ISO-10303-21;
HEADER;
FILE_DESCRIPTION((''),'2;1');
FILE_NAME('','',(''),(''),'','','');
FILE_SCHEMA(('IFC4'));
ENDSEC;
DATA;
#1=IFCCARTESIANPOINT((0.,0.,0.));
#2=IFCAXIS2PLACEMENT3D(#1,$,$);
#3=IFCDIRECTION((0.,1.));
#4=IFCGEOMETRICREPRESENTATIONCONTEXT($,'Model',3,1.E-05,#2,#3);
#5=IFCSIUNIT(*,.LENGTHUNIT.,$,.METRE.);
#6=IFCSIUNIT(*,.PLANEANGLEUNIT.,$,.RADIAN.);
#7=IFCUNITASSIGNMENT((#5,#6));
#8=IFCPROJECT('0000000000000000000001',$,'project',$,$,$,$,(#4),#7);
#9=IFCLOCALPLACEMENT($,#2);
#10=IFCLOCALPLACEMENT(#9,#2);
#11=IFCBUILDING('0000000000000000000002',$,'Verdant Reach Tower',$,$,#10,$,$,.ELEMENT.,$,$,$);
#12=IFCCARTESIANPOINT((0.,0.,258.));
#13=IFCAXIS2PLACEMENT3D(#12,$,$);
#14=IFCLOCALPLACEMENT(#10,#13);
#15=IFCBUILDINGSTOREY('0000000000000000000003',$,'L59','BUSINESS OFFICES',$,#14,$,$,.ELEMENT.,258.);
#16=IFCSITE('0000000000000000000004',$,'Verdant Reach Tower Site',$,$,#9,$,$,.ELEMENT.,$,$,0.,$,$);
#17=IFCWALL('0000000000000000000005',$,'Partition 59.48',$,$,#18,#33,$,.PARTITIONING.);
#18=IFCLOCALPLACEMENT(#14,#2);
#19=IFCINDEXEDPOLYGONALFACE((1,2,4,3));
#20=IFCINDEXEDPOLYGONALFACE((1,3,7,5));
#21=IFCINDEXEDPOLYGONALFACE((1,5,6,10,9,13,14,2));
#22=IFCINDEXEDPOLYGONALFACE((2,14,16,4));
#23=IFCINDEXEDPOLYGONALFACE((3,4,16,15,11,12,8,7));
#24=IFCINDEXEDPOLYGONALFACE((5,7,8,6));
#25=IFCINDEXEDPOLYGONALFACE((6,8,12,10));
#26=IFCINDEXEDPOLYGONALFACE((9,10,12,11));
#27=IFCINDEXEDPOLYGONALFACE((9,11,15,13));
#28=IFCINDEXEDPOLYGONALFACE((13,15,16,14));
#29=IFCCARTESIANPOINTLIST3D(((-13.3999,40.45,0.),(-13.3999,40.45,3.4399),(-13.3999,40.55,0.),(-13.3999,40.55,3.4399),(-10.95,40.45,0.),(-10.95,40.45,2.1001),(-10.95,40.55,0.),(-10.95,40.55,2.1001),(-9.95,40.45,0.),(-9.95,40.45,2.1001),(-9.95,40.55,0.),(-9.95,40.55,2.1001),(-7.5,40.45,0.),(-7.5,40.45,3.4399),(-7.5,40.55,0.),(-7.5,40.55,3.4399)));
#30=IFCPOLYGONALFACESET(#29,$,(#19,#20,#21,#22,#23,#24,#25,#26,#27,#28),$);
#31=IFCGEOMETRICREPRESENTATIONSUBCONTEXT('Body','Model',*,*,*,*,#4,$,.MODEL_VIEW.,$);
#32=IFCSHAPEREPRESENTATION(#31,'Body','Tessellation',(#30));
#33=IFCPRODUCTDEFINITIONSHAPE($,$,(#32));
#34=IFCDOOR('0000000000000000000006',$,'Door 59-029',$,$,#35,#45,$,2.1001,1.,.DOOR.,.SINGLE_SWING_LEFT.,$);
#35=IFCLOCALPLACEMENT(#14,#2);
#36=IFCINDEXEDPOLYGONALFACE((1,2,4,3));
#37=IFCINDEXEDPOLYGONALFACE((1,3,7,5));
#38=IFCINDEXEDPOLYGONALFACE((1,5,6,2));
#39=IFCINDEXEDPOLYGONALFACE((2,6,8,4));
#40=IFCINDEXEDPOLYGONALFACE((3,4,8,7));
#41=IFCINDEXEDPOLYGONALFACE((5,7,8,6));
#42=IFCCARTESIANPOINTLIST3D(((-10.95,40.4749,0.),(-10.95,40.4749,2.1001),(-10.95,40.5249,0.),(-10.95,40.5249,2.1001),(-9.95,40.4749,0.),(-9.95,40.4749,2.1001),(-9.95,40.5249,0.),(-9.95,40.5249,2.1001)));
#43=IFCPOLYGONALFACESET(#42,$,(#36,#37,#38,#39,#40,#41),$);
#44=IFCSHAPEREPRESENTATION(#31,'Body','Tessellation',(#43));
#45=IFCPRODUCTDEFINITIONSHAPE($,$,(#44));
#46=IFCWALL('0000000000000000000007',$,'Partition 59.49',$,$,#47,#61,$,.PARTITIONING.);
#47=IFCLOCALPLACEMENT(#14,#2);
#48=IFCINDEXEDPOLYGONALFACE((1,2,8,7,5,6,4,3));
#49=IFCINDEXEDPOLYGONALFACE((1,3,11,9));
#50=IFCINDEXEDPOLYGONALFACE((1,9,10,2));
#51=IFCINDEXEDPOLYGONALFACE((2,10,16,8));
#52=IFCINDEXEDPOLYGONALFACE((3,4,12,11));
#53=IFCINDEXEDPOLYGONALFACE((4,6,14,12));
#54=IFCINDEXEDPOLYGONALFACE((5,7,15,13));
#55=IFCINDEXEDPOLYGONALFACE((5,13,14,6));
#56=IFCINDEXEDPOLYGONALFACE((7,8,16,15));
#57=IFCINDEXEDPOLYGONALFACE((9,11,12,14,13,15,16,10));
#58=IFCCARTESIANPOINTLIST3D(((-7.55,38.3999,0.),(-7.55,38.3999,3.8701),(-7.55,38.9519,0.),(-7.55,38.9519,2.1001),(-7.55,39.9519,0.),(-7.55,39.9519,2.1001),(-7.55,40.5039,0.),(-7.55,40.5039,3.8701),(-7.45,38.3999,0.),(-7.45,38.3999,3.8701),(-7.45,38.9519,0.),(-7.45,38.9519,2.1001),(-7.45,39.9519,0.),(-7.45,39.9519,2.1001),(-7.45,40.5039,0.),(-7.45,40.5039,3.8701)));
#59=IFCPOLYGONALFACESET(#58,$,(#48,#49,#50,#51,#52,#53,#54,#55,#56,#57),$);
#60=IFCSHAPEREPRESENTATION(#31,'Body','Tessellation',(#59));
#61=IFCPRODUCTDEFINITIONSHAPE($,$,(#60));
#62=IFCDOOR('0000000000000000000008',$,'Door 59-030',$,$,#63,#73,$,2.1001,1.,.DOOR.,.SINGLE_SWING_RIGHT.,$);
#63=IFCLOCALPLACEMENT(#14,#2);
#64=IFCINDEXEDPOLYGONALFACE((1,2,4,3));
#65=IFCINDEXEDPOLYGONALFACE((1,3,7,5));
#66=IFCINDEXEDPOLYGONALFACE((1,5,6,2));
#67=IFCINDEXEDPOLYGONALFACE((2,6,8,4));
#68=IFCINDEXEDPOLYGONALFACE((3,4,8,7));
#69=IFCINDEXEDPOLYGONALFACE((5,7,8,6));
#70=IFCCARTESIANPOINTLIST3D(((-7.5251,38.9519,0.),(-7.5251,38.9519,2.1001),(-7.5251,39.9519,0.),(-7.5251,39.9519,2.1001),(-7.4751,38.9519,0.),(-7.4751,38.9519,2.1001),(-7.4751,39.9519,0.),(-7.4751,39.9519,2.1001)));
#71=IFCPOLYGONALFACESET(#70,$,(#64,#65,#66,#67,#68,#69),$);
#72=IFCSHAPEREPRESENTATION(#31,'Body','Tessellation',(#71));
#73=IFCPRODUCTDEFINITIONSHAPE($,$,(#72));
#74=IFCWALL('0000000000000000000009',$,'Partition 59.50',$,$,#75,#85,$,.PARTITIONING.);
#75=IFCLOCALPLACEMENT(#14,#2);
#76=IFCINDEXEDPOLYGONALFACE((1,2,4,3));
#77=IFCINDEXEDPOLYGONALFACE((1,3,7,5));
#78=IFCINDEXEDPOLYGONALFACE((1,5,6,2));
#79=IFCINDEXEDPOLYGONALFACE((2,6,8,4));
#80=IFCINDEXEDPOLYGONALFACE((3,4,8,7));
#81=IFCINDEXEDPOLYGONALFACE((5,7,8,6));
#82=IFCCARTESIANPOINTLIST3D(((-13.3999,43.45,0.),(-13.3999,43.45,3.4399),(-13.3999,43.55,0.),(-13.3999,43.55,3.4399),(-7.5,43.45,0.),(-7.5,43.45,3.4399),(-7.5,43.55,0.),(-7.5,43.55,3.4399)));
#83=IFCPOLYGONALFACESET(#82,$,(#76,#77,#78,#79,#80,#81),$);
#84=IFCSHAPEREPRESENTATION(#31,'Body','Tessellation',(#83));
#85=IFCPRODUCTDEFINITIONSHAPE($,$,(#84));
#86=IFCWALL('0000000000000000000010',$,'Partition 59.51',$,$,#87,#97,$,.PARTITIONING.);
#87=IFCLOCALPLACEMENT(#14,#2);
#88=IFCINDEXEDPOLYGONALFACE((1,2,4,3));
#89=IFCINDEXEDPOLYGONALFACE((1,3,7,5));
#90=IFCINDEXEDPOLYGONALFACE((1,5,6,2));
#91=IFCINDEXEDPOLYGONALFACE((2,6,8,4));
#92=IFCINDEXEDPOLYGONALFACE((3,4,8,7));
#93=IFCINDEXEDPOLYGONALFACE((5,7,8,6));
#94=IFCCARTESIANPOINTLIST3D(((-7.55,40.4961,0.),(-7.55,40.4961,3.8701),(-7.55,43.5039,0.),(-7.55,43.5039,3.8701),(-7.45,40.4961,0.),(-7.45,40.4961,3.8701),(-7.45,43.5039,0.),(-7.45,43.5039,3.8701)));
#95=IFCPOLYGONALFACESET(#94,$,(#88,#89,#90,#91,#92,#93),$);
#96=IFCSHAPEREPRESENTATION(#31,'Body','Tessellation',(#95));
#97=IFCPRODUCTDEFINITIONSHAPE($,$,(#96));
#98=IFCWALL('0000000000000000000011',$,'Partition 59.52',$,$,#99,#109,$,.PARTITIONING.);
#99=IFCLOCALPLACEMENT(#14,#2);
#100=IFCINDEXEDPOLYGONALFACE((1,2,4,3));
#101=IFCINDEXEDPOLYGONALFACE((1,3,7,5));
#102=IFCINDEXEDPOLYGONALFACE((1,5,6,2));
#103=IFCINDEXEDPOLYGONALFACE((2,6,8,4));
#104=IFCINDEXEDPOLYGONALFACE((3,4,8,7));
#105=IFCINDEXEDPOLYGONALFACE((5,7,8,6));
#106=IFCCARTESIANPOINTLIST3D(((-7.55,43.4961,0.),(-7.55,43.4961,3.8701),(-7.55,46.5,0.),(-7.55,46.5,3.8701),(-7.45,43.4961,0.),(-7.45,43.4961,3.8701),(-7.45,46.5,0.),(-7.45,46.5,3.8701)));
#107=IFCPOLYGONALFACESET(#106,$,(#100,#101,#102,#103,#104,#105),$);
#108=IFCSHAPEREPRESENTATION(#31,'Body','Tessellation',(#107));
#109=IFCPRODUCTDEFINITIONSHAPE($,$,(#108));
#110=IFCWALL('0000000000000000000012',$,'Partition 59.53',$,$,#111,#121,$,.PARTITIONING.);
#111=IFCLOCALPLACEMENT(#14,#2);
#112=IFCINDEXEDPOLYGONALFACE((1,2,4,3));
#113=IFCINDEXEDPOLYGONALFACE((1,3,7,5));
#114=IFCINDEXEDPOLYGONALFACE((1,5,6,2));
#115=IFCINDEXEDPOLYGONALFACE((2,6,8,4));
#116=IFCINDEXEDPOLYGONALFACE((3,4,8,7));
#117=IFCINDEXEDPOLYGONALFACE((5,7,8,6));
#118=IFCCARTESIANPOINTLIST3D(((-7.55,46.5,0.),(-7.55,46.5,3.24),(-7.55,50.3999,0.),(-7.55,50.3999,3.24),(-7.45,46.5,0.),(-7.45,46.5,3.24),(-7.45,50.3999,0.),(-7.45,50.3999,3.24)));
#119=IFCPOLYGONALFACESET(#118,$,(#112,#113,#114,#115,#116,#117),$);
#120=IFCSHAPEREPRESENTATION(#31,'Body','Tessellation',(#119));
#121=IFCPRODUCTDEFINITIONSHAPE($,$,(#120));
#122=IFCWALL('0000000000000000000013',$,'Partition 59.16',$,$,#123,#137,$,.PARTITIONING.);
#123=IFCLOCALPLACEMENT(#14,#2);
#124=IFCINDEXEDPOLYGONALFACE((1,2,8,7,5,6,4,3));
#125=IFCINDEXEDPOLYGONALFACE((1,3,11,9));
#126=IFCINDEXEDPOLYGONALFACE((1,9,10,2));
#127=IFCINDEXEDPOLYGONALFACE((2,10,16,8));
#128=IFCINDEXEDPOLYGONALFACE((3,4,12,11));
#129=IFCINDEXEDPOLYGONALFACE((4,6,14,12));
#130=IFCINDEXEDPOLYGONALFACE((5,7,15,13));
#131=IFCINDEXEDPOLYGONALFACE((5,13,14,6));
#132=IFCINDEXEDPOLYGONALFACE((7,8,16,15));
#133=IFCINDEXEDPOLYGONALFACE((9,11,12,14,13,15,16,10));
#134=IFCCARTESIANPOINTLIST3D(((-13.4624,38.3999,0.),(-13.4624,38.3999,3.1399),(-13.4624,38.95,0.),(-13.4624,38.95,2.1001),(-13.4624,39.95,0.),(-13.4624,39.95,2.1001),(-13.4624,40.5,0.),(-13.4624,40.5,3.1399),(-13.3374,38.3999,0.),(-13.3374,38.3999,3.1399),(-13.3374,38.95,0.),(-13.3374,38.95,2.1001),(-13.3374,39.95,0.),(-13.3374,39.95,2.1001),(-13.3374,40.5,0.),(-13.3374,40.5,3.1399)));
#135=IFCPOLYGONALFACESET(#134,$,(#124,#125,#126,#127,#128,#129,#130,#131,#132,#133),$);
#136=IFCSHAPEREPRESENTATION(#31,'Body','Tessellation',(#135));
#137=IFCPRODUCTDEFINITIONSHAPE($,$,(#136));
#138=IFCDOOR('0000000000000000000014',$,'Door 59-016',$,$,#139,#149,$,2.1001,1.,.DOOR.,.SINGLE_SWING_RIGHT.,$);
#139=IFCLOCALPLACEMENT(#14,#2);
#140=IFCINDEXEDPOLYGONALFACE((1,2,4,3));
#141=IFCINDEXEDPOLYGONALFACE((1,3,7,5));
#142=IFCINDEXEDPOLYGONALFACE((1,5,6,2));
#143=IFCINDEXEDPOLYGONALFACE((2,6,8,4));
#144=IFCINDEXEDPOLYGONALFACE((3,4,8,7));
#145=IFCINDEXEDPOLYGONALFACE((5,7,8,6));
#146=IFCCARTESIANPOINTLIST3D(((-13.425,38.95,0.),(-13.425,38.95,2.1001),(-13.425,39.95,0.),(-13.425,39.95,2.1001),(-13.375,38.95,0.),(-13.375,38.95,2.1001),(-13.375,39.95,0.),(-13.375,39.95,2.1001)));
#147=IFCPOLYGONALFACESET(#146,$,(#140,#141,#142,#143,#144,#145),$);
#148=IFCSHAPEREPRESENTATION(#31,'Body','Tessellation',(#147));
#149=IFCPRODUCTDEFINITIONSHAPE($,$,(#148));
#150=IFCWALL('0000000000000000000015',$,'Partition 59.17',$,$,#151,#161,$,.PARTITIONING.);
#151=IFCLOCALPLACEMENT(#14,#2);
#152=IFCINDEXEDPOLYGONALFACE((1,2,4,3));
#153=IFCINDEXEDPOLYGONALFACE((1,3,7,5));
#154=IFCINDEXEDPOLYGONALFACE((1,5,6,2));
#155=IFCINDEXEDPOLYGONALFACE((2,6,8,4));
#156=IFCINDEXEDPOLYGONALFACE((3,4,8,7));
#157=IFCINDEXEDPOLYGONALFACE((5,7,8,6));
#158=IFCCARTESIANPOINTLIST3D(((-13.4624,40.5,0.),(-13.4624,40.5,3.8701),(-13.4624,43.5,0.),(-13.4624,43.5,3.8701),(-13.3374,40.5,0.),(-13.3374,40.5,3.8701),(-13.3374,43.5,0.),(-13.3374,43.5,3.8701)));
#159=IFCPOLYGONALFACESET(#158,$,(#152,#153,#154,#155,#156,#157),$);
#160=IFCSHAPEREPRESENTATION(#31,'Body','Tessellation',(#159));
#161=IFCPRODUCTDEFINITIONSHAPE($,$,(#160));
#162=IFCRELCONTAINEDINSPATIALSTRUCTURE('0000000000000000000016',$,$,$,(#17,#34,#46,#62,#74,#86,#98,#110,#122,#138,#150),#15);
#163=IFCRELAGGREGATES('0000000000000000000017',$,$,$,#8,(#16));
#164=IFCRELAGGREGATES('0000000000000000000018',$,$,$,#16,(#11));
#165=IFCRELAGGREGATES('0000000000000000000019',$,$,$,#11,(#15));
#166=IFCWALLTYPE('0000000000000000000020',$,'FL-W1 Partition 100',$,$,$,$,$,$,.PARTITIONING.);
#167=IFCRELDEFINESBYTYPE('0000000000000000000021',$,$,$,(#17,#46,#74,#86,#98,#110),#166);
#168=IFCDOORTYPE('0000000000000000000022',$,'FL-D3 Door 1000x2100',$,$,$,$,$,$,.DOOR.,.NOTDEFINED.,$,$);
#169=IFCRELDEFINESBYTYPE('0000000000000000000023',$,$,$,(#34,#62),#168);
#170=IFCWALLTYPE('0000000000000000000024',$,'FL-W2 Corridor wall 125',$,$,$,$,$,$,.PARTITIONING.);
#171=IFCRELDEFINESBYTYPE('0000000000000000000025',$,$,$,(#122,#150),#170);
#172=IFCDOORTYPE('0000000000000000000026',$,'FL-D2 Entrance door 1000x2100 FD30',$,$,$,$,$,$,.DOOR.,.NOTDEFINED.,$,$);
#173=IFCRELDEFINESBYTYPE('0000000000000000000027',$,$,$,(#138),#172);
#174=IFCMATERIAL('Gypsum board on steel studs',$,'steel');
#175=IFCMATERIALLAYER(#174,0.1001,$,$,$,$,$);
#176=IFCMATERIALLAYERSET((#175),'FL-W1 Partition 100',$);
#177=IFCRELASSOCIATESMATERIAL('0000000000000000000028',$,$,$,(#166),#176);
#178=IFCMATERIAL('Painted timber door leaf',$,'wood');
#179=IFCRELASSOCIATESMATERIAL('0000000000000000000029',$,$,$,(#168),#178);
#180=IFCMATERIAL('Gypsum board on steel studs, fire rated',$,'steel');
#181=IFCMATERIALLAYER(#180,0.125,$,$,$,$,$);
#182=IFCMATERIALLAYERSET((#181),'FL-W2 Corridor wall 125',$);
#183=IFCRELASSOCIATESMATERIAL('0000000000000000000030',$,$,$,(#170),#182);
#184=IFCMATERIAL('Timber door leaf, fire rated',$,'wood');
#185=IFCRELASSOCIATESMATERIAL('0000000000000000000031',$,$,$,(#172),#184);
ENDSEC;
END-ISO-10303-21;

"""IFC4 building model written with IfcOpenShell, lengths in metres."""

from ifc_helpers import new_model, si_unit, direction, frame, frame_2d, origin, place, context, subcontext, project, spatial, rectangle, extrude, material, layer, layer_set, type_object, element, fill, save


model = new_model("IFC4")

# Units and contexts
model_context = context("Model", 3, precision=1e-05, world=origin(), true_north=direction((0.0, 1.0)))
body_context = subcontext(model_context, "Body", "Model", "MODEL_VIEW")
ifc_project = project(units=[si_unit("LENGTHUNIT", "METRE"), si_unit("PLANEANGLEUNIT", "RADIAN")], contexts=[model_context])

# Site, building, storey
site_placement = place(None, origin())
site = spatial("IfcSite", under=ifc_project, at=site_placement, Name="Verdant Reach Tower Site", CompositionType="ELEMENT", RefElevation=0.0)
building_placement = place(site_placement, origin())
building = spatial("IfcBuilding", under=site, at=building_placement, Name="Verdant Reach Tower", CompositionType="ELEMENT")
storey_placement = place(building_placement, frame((0.0, 0.0, 258.0)))
storey = spatial("IfcBuildingStorey", under=building, at=storey_placement, Name="L59", Description="BUSINESS OFFICES", CompositionType="ELEMENT", Elevation=258.0)

# Walls, openings, doors
ifc_material_1 = material(Name="Gypsum board on steel studs", Category="steel")
ifc_layer_1 = layer(ifc_material_1, 0.1001)
ifc_layer_set_1 = layer_set([ifc_layer_1], Name="FL-W1 Partition 100")
wall_type_1 = type_object("IfcWallType", Name="FL-W1 Partition 100", PredefinedType="PARTITIONING", material=ifc_layer_set_1)
wall_1_placement = place(storey_placement, frame((-13.3999, 40.5, 0.0), z_axis=(0.0, 0.0, 1.0), x_axis=(1.0, 0.0, 0.0)))
wall_1 = element("IfcWall", 1, at=wall_1_placement, inside=storey, type_object=wall_type_1, Name="Partition 59.48", PredefinedType="PARTITIONING", context=body_context, shape_type="SweptSolid", body=[
    extrude(rectangle(XDim=5.8999, YDim=0.1001, at=frame_2d((2.95, 0.0))), origin(), (0.0, 0.0, 1.0), 3.4399),
])
opening_1_placement = place(wall_1_placement, frame((2.45, 0.0, 0.0)))
opening_1 = element("IfcOpeningElement", 2, at=opening_1_placement, cuts=wall_1, PredefinedType="OPENING", context=body_context, shape_type="SweptSolid", body=[
    extrude(rectangle(XDim=1.0, YDim=2.1001, at=frame_2d((0.5, 1.05))), frame((0.0, 0.0601, 0.0), z_axis=(0.0, -1.0, 0.0), x_axis=(1.0, 0.0, 0.0)), (0.0, 0.0, 1.0), 0.1201),
])
ifc_material_2 = material(Name="Painted timber door leaf", Category="wood")
door_type_1 = type_object("IfcDoorType", Name="FL-D3 Door 1000x2100", OperationType="NOTDEFINED", PredefinedType="DOOR", material=ifc_material_2)
door_1_placement = place(opening_1_placement, origin())
door_1 = element("IfcDoor", 3, at=door_1_placement, inside=storey, type_object=door_type_1, Name="Door 59-029", OperationType="SINGLE_SWING_LEFT", OverallHeight=2.1001, OverallWidth=1.0, PredefinedType="DOOR", context=body_context, shape_type="SweptSolid", body=[
    extrude(rectangle(XDim=1.0, YDim=2.1001, at=frame_2d((0.5, 1.05))), frame((0.0, 0.0249, 0.0), z_axis=(0.0, -1.0, 0.0), x_axis=(1.0, 0.0, 0.0)), (0.0, 0.0, 1.0), 0.05),
])
fill(opening_1, door_1)
wall_2_placement = place(storey_placement, frame((-7.5, 40.5039, 0.0), z_axis=(0.0, 0.0, 1.0), x_axis=(0.0, -1.0, 0.0)))
wall_2 = element("IfcWall", 4, at=wall_2_placement, inside=storey, type_object=wall_type_1, Name="Partition 59.49", PredefinedType="PARTITIONING", context=body_context, shape_type="SweptSolid", body=[
    extrude(rectangle(XDim=2.104, YDim=0.1001, at=frame_2d((1.052, 0.0))), origin(), (0.0, 0.0, 1.0), 3.8701),
])
opening_2_placement = place(wall_2_placement, frame((0.552, 0.0, 0.0)))
opening_2 = element("IfcOpeningElement", 5, at=opening_2_placement, cuts=wall_2, PredefinedType="OPENING", context=body_context, shape_type="SweptSolid", body=[
    extrude(rectangle(XDim=1.0, YDim=2.1001, at=frame_2d((0.5, 1.05))), frame((0.0, 0.0601, 0.0), z_axis=(0.0, -1.0, 0.0), x_axis=(1.0, 0.0, 0.0)), (0.0, 0.0, 1.0), 0.1201),
])
door_2_placement = place(opening_2_placement, origin())
door_2 = element("IfcDoor", 6, at=door_2_placement, inside=storey, type_object=door_type_1, Name="Door 59-030", OperationType="SINGLE_SWING_RIGHT", OverallHeight=2.1001, OverallWidth=1.0, PredefinedType="DOOR", context=body_context, shape_type="SweptSolid", body=[
    extrude(rectangle(XDim=1.0, YDim=2.1001, at=frame_2d((0.5, 1.05))), frame((0.0, 0.0249, 0.0), z_axis=(0.0, -1.0, 0.0), x_axis=(1.0, 0.0, 0.0)), (0.0, 0.0, 1.0), 0.05),
])
fill(opening_2, door_2)

# Walls
wall_3_placement = place(storey_placement, frame((-7.5, 43.5, 0.0), z_axis=(0.0, 0.0, 1.0), x_axis=(-1.0, 0.0, 0.0)))
element("IfcWall", 7, at=wall_3_placement, inside=storey, type_object=wall_type_1, Name="Partition 59.50", PredefinedType="PARTITIONING", context=body_context, shape_type="SweptSolid", body=[
    extrude(rectangle(XDim=5.8999, YDim=0.1001, at=frame_2d((2.95, 0.0))), origin(), (0.0, 0.0, 1.0), 3.4399),
])
wall_4_placement = place(storey_placement, frame((-7.5, 40.4961, 0.0), z_axis=(0.0, 0.0, 1.0), x_axis=(0.0, 1.0, 0.0)))
element("IfcWall", 8, at=wall_4_placement, inside=storey, type_object=wall_type_1, Name="Partition 59.51", PredefinedType="PARTITIONING", context=body_context, shape_type="SweptSolid", body=[
    extrude(rectangle(XDim=3.0078, YDim=0.1001, at=frame_2d((1.5039, 0.0))), origin(), (0.0, 0.0, 1.0), 3.8701),
])
wall_5_placement = place(storey_placement, frame((-7.5, 43.4961, 0.0), z_axis=(0.0, 0.0, 1.0), x_axis=(0.0, 1.0, 0.0)))
element("IfcWall", 9, at=wall_5_placement, inside=storey, type_object=wall_type_1, Name="Partition 59.52", PredefinedType="PARTITIONING", context=body_context, shape_type="SweptSolid", body=[
    extrude(rectangle(XDim=3.0039, YDim=0.1001, at=frame_2d((1.502, 0.0))), origin(), (0.0, 0.0, 1.0), 3.8701),
])
wall_6_placement = place(storey_placement, frame((-7.5, 46.5, 0.0), z_axis=(0.0, 0.0, 1.0), x_axis=(0.0, 1.0, 0.0)))
element("IfcWall", 10, at=wall_6_placement, inside=storey, type_object=wall_type_1, Name="Partition 59.53", PredefinedType="PARTITIONING", context=body_context, shape_type="SweptSolid", body=[
    extrude(rectangle(XDim=3.8999, YDim=0.1001, at=frame_2d((1.95, 0.0))), origin(), (0.0, 0.0, 1.0), 3.24),
])

# Wall, opening, door
ifc_material_3 = material(Name="Gypsum board on steel studs, fire rated", Category="steel")
ifc_layer_2 = layer(ifc_material_3, 0.125)
ifc_layer_set_2 = layer_set([ifc_layer_2], Name="FL-W2 Corridor wall 125")
wall_type_2 = type_object("IfcWallType", Name="FL-W2 Corridor wall 125", PredefinedType="PARTITIONING", material=ifc_layer_set_2)
wall_7_placement = place(storey_placement, frame((-13.3999, 40.5, 0.0), z_axis=(0.0, 0.0, 1.0), x_axis=(0.0, -1.0, 0.0)))
wall_7 = element("IfcWall", 11, at=wall_7_placement, inside=storey, type_object=wall_type_2, Name="Partition 59.16", PredefinedType="PARTITIONING", context=body_context, shape_type="SweptSolid", body=[
    extrude(rectangle(XDim=2.1001, YDim=0.125, at=frame_2d((1.05, 0.0))), origin(), (0.0, 0.0, 1.0), 3.1399),
])
opening_3_placement = place(wall_7_placement, frame((0.55, 0.0, 0.0)))
opening_3 = element("IfcOpeningElement", 12, at=opening_3_placement, cuts=wall_7, PredefinedType="OPENING", context=body_context, shape_type="SweptSolid", body=[
    extrude(rectangle(XDim=1.0, YDim=2.1001, at=frame_2d((0.5, 1.05))), frame((0.0, 0.0725, 0.0), z_axis=(0.0, -1.0, 0.0), x_axis=(1.0, 0.0, 0.0)), (0.0, 0.0, 1.0), 0.145),
])
ifc_material_4 = material(Name="Timber door leaf, fire rated", Category="wood")
door_type_2 = type_object("IfcDoorType", Name="FL-D2 Entrance door 1000x2100 FD30", OperationType="NOTDEFINED", PredefinedType="DOOR", material=ifc_material_4)
door_3_placement = place(opening_3_placement, origin())
door_3 = element("IfcDoor", 13, at=door_3_placement, inside=storey, type_object=door_type_2, Name="Door 59-016", OperationType="SINGLE_SWING_RIGHT", OverallHeight=2.1001, OverallWidth=1.0, PredefinedType="DOOR", context=body_context, shape_type="SweptSolid", body=[
    extrude(rectangle(XDim=1.0, YDim=2.1001, at=frame_2d((0.5, 1.05))), frame((0.0, 0.0249, 0.0), z_axis=(0.0, -1.0, 0.0), x_axis=(1.0, 0.0, 0.0)), (0.0, 0.0, 1.0), 0.05),
])
fill(opening_3, door_3)

# Wall
wall_8_placement = place(storey_placement, frame((-13.3999, 40.5, 0.0), z_axis=(0.0, 0.0, 1.0), x_axis=(0.0, 1.0, 0.0)))
element("IfcWall", 14, at=wall_8_placement, inside=storey, type_object=wall_type_2, Name="Partition 59.17", PredefinedType="PARTITIONING", context=body_context, shape_type="SweptSolid", body=[
    extrude(rectangle(XDim=3.0, YDim=0.125, at=frame_2d((1.5, 0.0))), origin(), (0.0, 0.0, 1.0), 3.8701),
])

save(model, "model.ifc")
